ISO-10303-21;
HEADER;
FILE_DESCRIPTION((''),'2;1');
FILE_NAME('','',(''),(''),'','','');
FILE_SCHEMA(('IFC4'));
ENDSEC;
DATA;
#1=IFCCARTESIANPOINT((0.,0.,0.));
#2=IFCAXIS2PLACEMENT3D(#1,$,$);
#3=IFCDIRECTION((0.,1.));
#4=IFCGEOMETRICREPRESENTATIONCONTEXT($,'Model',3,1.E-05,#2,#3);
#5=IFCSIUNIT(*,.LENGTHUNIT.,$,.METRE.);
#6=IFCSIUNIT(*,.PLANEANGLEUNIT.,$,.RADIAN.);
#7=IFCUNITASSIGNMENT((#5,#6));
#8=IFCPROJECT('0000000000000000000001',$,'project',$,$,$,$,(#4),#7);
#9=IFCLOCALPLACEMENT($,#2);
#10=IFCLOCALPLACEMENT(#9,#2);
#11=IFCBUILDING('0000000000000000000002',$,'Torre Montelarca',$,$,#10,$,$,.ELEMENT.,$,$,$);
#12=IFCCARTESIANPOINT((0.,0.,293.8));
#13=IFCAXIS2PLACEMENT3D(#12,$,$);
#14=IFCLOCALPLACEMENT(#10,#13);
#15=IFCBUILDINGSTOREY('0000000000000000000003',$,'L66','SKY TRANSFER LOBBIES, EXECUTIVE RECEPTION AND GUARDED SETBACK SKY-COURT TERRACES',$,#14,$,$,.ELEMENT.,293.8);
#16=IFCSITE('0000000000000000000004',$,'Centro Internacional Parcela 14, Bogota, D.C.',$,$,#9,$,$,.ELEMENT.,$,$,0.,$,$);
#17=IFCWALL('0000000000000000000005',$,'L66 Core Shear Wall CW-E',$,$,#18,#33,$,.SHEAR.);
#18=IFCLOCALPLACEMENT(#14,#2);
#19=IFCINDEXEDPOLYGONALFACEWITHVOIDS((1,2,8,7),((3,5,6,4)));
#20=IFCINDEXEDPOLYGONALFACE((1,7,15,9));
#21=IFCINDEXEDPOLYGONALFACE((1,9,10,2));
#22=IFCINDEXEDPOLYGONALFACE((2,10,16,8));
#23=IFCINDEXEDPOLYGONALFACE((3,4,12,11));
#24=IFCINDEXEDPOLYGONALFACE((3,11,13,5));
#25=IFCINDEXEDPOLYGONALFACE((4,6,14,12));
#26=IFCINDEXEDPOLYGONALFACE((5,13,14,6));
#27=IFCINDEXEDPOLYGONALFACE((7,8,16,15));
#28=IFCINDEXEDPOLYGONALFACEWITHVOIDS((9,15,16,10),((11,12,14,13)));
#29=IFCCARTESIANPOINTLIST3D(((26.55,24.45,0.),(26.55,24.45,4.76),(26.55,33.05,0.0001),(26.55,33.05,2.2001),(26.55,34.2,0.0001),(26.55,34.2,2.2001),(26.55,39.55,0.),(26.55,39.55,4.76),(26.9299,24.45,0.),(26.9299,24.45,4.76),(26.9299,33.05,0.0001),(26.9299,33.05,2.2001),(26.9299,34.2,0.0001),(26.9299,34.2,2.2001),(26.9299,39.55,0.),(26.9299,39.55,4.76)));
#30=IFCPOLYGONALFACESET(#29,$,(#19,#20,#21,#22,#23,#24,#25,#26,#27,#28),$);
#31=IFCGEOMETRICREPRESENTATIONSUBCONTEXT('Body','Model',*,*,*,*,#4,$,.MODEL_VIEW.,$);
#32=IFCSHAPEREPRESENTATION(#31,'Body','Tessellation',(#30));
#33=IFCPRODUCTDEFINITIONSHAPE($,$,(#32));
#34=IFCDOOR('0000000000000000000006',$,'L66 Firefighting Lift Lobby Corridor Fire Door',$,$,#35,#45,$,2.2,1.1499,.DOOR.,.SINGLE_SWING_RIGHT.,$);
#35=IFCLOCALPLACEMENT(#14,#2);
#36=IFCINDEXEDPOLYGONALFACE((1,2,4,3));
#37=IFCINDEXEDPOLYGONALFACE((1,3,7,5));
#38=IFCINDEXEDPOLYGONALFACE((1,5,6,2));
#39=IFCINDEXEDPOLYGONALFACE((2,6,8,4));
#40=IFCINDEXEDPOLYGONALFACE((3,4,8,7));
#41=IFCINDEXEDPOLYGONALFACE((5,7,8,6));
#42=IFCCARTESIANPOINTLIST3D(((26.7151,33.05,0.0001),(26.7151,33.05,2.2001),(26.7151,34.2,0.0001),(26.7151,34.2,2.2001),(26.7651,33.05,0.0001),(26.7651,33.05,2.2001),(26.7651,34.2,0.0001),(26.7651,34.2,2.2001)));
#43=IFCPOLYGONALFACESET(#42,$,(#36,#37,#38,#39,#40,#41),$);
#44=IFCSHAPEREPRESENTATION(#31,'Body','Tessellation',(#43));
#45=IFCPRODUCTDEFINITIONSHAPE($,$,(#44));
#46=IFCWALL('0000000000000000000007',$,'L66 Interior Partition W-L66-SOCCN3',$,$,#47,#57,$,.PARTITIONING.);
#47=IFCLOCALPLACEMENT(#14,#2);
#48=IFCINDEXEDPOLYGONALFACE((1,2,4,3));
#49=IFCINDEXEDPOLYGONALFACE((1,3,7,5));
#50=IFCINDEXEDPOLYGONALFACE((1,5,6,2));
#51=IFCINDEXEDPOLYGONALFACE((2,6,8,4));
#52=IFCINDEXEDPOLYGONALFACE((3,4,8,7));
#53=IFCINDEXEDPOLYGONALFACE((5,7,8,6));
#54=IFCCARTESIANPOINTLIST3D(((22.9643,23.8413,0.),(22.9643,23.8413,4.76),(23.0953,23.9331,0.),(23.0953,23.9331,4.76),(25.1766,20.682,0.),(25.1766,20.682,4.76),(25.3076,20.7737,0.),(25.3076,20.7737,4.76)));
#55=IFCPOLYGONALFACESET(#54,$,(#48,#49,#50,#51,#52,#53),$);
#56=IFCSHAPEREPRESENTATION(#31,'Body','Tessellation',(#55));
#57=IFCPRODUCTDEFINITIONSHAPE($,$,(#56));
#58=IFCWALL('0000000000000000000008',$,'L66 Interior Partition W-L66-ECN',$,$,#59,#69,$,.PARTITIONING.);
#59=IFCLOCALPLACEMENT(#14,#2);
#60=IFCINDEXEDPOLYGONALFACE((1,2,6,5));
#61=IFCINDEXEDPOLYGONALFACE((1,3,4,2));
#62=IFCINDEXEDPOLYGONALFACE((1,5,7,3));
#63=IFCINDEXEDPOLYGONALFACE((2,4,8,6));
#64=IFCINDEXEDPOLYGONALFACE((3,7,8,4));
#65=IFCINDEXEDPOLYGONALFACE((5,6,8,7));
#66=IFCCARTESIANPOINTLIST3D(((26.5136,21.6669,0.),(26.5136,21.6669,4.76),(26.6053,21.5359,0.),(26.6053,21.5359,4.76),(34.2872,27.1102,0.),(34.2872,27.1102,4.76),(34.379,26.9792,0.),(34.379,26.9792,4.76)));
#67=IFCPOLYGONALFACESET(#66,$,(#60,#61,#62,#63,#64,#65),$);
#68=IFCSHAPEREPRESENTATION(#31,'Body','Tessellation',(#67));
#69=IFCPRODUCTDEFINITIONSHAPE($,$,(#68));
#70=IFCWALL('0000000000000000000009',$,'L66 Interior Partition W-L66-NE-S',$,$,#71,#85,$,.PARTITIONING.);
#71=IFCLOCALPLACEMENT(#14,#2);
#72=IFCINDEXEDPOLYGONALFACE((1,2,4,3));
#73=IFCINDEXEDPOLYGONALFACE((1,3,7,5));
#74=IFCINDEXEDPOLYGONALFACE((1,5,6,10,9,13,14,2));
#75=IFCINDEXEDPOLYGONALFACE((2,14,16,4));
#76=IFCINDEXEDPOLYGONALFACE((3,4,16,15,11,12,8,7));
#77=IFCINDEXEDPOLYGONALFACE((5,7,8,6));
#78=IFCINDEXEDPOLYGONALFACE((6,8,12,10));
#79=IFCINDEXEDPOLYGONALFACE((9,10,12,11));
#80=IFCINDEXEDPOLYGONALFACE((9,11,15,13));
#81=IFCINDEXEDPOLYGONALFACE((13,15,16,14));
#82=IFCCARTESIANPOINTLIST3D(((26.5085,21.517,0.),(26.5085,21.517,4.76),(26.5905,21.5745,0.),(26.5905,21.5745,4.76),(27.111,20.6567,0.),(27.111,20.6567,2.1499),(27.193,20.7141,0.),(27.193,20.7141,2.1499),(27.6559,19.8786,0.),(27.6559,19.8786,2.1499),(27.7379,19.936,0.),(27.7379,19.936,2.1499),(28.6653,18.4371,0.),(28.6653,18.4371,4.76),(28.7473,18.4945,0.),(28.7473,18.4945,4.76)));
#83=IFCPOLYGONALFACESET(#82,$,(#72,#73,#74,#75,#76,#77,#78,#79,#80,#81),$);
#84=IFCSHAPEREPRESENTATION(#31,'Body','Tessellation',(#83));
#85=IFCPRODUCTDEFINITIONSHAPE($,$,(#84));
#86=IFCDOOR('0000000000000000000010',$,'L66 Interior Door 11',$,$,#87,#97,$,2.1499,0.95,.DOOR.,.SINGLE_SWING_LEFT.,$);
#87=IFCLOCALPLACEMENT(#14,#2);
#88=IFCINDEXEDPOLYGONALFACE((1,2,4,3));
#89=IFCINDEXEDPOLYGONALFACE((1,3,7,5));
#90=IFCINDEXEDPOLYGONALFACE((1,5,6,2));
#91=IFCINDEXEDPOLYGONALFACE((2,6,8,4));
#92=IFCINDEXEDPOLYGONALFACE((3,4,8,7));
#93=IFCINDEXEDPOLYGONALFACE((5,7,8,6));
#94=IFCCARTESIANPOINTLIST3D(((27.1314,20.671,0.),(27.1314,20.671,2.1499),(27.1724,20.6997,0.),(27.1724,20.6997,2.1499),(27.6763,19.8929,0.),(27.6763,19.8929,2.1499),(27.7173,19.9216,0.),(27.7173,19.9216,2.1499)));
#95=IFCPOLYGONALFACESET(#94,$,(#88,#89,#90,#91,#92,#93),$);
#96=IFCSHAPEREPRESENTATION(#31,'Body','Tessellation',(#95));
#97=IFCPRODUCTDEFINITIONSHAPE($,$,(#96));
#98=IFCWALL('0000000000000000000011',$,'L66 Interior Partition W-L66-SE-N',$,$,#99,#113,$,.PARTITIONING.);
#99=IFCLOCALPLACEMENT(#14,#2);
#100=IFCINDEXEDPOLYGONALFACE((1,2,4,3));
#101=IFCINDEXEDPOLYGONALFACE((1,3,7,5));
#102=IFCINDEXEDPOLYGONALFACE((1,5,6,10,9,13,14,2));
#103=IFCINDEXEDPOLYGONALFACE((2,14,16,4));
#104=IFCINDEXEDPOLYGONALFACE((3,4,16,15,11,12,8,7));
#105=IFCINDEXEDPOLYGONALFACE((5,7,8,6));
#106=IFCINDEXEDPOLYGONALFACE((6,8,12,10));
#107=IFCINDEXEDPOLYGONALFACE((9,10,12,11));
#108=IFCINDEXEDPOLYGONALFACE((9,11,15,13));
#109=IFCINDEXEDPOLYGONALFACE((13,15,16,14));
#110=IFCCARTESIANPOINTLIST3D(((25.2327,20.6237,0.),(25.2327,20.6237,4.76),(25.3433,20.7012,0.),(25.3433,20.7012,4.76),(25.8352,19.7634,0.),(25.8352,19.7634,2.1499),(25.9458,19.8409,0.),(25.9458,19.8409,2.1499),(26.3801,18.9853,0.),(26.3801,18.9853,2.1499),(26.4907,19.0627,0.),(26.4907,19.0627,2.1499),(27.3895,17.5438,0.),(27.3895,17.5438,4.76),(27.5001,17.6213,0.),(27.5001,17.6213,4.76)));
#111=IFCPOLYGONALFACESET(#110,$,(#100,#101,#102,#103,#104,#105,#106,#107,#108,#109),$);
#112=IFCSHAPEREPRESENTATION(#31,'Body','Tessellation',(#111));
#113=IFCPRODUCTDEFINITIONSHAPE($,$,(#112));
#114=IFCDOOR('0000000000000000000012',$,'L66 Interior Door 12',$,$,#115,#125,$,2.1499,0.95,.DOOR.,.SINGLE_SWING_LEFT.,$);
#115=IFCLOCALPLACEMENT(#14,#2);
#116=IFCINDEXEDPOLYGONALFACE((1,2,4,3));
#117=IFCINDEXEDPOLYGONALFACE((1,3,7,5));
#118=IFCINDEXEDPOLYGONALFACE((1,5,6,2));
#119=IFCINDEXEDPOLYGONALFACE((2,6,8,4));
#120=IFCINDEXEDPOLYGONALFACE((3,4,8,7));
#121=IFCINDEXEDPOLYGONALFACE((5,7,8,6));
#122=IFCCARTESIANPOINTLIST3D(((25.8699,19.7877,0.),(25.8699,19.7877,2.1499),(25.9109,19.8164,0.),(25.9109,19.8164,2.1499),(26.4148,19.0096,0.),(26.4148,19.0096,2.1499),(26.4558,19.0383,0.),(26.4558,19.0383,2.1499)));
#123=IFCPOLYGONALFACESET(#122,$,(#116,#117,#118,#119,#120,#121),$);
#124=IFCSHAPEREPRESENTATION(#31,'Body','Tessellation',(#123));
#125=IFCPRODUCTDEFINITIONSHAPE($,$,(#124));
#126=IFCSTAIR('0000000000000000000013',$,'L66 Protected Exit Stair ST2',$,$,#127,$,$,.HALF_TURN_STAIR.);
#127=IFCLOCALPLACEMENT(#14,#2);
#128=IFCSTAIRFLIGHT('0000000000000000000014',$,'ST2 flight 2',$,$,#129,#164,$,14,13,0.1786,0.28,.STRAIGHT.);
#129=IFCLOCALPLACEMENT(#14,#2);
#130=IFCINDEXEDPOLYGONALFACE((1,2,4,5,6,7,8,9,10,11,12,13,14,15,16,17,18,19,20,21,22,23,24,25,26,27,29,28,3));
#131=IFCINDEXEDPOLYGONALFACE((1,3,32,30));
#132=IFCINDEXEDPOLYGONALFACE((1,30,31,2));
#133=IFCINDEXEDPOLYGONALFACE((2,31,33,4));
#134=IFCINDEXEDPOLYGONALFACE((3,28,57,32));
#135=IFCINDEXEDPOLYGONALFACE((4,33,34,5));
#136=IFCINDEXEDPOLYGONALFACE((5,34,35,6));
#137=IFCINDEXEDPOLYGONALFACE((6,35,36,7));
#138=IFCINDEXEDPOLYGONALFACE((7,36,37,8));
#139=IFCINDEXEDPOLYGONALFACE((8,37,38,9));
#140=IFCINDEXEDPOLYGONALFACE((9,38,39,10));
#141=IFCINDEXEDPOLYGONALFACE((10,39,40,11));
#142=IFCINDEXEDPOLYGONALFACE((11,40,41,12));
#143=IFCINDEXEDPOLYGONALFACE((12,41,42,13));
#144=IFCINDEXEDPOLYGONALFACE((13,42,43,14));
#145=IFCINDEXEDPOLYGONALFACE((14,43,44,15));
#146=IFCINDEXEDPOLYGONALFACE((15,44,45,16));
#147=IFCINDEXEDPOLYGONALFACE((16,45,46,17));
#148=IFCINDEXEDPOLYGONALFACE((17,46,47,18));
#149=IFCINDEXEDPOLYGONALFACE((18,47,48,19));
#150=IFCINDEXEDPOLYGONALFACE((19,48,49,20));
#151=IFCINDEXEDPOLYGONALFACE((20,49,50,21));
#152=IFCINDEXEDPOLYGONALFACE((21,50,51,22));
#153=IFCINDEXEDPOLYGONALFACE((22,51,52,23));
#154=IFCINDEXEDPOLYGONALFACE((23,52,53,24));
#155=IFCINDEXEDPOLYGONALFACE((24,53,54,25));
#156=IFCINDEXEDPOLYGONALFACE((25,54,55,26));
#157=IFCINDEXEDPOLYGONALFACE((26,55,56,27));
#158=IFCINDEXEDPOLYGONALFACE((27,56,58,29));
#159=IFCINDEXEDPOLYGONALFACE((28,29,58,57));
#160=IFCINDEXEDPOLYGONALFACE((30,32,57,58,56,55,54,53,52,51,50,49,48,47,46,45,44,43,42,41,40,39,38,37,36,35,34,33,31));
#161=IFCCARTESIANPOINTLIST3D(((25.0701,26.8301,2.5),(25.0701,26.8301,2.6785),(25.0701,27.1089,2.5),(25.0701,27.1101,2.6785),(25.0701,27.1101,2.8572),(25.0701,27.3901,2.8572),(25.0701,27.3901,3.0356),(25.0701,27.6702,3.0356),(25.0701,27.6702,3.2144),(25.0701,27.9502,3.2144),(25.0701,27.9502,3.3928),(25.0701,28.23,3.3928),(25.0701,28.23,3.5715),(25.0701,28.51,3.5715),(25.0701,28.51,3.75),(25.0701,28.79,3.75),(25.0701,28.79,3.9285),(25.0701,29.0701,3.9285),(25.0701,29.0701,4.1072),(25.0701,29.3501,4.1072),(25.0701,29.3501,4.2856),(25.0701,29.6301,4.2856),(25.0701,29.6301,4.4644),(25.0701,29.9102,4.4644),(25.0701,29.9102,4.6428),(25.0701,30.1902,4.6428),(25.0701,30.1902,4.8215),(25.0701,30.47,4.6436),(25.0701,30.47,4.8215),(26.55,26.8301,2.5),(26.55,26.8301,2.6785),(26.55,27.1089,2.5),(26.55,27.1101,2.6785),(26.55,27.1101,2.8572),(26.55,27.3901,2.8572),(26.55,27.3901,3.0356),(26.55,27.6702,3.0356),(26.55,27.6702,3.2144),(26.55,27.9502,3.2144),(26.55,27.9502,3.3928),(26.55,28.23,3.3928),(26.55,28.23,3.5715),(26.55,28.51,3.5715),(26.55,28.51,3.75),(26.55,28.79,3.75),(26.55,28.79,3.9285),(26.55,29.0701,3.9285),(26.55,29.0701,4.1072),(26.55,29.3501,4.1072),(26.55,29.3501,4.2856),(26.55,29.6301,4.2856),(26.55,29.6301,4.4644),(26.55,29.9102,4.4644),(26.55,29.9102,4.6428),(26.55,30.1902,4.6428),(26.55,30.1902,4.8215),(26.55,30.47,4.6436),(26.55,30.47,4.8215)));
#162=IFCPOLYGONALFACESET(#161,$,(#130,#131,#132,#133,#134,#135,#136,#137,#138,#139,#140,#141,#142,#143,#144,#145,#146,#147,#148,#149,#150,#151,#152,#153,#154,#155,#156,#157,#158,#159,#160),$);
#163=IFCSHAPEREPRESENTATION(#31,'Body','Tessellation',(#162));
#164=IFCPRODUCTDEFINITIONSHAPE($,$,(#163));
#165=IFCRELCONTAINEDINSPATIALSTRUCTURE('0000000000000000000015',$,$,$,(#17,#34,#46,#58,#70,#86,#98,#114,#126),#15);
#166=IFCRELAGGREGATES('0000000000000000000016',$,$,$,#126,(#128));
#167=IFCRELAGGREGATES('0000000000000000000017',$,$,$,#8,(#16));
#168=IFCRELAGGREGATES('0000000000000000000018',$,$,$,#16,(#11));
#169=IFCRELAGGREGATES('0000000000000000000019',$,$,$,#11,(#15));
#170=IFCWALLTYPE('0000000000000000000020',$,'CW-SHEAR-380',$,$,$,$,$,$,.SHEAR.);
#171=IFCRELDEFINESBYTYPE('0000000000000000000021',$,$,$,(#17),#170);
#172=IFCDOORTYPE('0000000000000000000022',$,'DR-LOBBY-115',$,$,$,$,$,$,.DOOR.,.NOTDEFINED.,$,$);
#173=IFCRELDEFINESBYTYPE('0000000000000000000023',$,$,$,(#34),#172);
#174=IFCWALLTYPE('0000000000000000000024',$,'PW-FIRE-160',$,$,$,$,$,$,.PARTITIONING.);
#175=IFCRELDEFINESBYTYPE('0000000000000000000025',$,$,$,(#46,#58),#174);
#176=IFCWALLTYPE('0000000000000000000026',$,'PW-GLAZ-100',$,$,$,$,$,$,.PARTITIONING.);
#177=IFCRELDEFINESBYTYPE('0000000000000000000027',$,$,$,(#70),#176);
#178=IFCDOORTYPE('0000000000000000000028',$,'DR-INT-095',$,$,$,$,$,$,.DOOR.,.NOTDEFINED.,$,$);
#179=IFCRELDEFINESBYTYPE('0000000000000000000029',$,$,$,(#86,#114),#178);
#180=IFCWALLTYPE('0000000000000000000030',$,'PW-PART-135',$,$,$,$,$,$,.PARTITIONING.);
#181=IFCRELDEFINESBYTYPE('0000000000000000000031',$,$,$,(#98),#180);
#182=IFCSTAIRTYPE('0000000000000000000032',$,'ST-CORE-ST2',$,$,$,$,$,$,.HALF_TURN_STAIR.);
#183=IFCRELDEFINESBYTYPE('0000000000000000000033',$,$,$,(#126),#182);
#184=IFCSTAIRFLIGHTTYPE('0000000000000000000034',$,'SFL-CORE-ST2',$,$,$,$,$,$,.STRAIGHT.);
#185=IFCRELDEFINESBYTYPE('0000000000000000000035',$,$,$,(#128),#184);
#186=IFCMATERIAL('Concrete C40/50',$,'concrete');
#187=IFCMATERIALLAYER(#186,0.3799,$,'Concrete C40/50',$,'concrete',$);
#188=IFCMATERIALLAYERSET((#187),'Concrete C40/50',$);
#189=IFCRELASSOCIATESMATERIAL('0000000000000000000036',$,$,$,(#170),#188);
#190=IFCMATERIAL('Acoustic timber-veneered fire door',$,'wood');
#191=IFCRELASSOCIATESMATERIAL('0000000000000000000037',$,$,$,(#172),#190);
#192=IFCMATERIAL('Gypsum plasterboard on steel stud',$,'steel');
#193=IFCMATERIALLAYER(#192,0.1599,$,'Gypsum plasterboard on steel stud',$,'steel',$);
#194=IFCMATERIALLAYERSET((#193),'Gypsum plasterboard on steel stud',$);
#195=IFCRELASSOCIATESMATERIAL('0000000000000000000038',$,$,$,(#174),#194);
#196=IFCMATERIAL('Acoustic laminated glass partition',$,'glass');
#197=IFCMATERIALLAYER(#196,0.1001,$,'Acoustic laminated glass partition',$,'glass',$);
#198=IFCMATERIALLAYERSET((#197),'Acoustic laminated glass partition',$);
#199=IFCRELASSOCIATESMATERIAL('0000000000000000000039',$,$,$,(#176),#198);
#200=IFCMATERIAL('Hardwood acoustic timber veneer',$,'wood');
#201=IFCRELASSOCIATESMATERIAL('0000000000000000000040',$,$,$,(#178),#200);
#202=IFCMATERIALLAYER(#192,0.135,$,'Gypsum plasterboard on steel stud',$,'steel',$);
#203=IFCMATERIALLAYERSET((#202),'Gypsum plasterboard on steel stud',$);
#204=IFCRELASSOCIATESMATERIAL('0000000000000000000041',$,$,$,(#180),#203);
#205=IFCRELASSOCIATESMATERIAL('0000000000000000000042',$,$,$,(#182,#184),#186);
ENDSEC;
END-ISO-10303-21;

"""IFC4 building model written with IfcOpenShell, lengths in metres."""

from ifc_helpers import new_model, si_unit, direction, frame, frame_2d, origin, place, context, subcontext, project, spatial, polyline, rectangle, outline, extrude, source, transform, mapped, material, layer, layer_set, type_object, element, fill, aggregate, save


model = new_model("IFC4")

# Units and contexts
model_context = context("Model", 3, precision=1e-05, world=origin(), true_north=direction((0.0, 1.0)))
body_context = subcontext(model_context, "Body", "Model", "MODEL_VIEW")
ifc_project = project(units=[si_unit("LENGTHUNIT", "METRE"), si_unit("PLANEANGLEUNIT", "RADIAN")], contexts=[model_context])

# Site, building, storey
site_placement = place(None, origin())
site = spatial("IfcSite", under=ifc_project, at=site_placement, Name="Centro Internacional Parcela 14, Bogota, D.C.", CompositionType="ELEMENT", RefElevation=0.0)
building_placement = place(site_placement, origin())
building = spatial("IfcBuilding", under=site, at=building_placement, Name="Torre Montelarca", CompositionType="ELEMENT")
storey_placement = place(building_placement, frame((0.0, 0.0, 293.8)))
storey = spatial("IfcBuildingStorey", under=building, at=storey_placement, Name="L66", Description="SKY TRANSFER LOBBIES, EXECUTIVE RECEPTION AND GUARDED SETBACK SKY-COURT TERRACES", CompositionType="ELEMENT", Elevation=293.8)

# Shared definitions
ifc_material_1 = material(Name="Concrete C40/50", Category="concrete")

# Wall, opening, door
ifc_layer_1 = layer(ifc_material_1, 0.3799, Name="Concrete C40/50", Category="concrete")
ifc_layer_set_1 = layer_set([ifc_layer_1], Name="Concrete C40/50")
wall_type_1 = type_object("IfcWallType", Name="CW-SHEAR-380", PredefinedType="SHEAR", material=ifc_layer_set_1)
wall_1_placement = place(storey_placement, frame((26.74, 24.45, 0.0), z_axis=(0.0, 0.0, 1.0), x_axis=(0.0, 1.0, 0.0)))
wall_1 = element("IfcWall", 1, at=wall_1_placement, inside=storey, type_object=wall_type_1, Name="L66 Core Shear Wall CW-E", PredefinedType="SHEAR", context=body_context, shape_type="SweptSolid", body=[
    extrude(rectangle(XDim=15.1001, YDim=0.3799, at=frame_2d((7.55, 0.0))), origin(), (0.0, 0.0, 1.0), 4.76),
])
opening_1_placement = place(wall_1_placement, frame((8.6001, 0.0, 0.0)))
opening_1 = element("IfcOpeningElement", 2, at=opening_1_placement, cuts=wall_1, PredefinedType="OPENING", context=body_context, shape_type="SweptSolid", body=[
    extrude(rectangle(XDim=1.1499, YDim=2.2, at=frame_2d((0.575, 1.1001))), frame((0.0, 0.2, 0.0), z_axis=(0.0, -1.0, 0.0), x_axis=(1.0, 0.0, 0.0)), (0.0, 0.0, 1.0), 0.3999),
])
ifc_material_2 = material(Name="Acoustic timber-veneered fire door", Category="wood")
door_type_1 = type_object("IfcDoorType", Name="DR-LOBBY-115", OperationType="NOTDEFINED", PredefinedType="DOOR", material=ifc_material_2)
shared_shape_1 = source(origin(), body_context, "Body", "SweptSolid", [
    extrude(rectangle(XDim=1.1499, YDim=2.2, at=frame_2d((0.575, 1.1001))), frame((0.0, 0.0249, 0.0), z_axis=(0.0, -1.0, 0.0), x_axis=(1.0, 0.0, 0.0)), (0.0, 0.0, 1.0), 0.05),
])
door_1_placement = place(opening_1_placement, origin())
door_1 = element("IfcDoor", 3, at=door_1_placement, inside=storey, type_object=door_type_1, Name="L66 Firefighting Lift Lobby Corridor Fire Door", OperationType="SINGLE_SWING_RIGHT", OverallHeight=2.2, OverallWidth=1.1499, PredefinedType="DOOR", context=body_context, shape_type="MappedRepresentation", body=[
    mapped(shared_shape_1, transform((0.0, 0.0, 0.0), scale=1.0)),
])
fill(opening_1, door_1)

# Walls
ifc_material_3 = material(Name="Gypsum plasterboard on steel stud", Category="steel")
ifc_layer_2 = layer(ifc_material_3, 0.1599, Name="Gypsum plasterboard on steel stud", Category="steel")
ifc_layer_set_2 = layer_set([ifc_layer_2], Name="Gypsum plasterboard on steel stud")
wall_type_2 = type_object("IfcWallType", Name="PW-FIRE-160", PredefinedType="PARTITIONING", material=ifc_layer_set_2)
wall_2_placement = place(storey_placement, frame((23.0298, 23.8872, 0.0), z_axis=(0.0, 0.0, 1.0), x_axis=(0.573603, -0.819134, 0.0)))
element("IfcWall", 4, at=wall_2_placement, inside=storey, type_object=wall_type_2, Name="L66 Interior Partition W-L66-SOCCN3", PredefinedType="PARTITIONING", context=body_context, shape_type="SweptSolid", body=[
    extrude(rectangle(XDim=3.8569, YDim=0.1599, at=frame_2d((1.9285, 0.0))), origin(), (0.0, 0.0, 1.0), 4.76),
])
wall_3_placement = place(storey_placement, frame((26.5593, 21.6013, 0.0), z_axis=(0.0, 0.0, 1.0), x_axis=(0.819144, 0.573588, 0.0)))
element("IfcWall", 5, at=wall_3_placement, inside=storey, type_object=wall_type_2, Name="L66 Interior Partition W-L66-ECN", PredefinedType="PARTITIONING", context=body_context, shape_type="SweptSolid", body=[
    extrude(rectangle(XDim=9.49, YDim=0.1599, at=frame_2d((4.7451, 0.0))), origin(), (0.0, 0.0, 1.0), 4.76),
])

# Walls, openings, doors
ifc_material_4 = material(Name="Acoustic laminated glass partition", Category="glass")
ifc_layer_3 = layer(ifc_material_4, 0.1001, Name="Acoustic laminated glass partition", Category="glass")
ifc_layer_set_3 = layer_set([ifc_layer_3], Name="Acoustic laminated glass partition")
wall_type_3 = type_object("IfcWallType", Name="PW-GLAZ-100", PredefinedType="PARTITIONING", material=ifc_layer_set_3)
wall_4_placement = place(storey_placement, frame((26.5496, 21.5457, 0.0), z_axis=(0.0, 0.0, 1.0), x_axis=(0.573615, -0.819125, 0.0)))
wall_4 = element("IfcWall", 6, at=wall_4_placement, inside=storey, type_object=wall_type_3, Name="L66 Interior Partition W-L66-NE-S", PredefinedType="PARTITIONING", context=body_context, shape_type="SweptSolid", body=[
    extrude(rectangle(XDim=3.76, YDim=0.1001, at=frame_2d((1.8799, 0.0))), origin(), (0.0, 0.0, 1.0), 4.76),
])
opening_2_placement = place(wall_4_placement, frame((1.05, 0.0, 0.0)))
opening_2 = element("IfcOpeningElement", 7, at=opening_2_placement, cuts=wall_4, PredefinedType="OPENING", context=body_context, shape_type="SweptSolid", body=[
    extrude(rectangle(XDim=0.95, YDim=2.1499, at=frame_2d((0.4751, 1.075))), frame((0.0, 0.0601, 0.0), z_axis=(0.0, -1.0, 0.0), x_axis=(1.0, 0.0, 0.0)), (0.0, 0.0, 1.0), 0.1201),
])
ifc_material_5 = material(Name="Hardwood acoustic timber veneer", Category="wood")
door_type_2 = type_object("IfcDoorType", Name="DR-INT-095", OperationType="NOTDEFINED", PredefinedType="DOOR", material=ifc_material_5)
shared_shape_2 = source(origin(), body_context, "Body", "SweptSolid", [
    extrude(rectangle(XDim=0.95, YDim=2.1499, at=frame_2d((0.4751, 1.075))), frame((0.0, 0.0249, 0.0), z_axis=(0.0, -1.0, 0.0), x_axis=(1.0, 0.0, 0.0)), (0.0, 0.0, 1.0), 0.05),
])
door_2_placement = place(opening_2_placement, origin())
door_2 = element("IfcDoor", 8, at=door_2_placement, inside=storey, type_object=door_type_2, Name="L66 Interior Door 11", OperationType="SINGLE_SWING_LEFT", OverallHeight=2.1499, OverallWidth=0.95, PredefinedType="DOOR", context=body_context, shape_type="MappedRepresentation", body=[
    mapped(shared_shape_2, transform((0.0, 0.0, 0.0), scale=1.0)),
])
fill(opening_2, door_2)
ifc_layer_4 = layer(ifc_material_3, 0.135, Name="Gypsum plasterboard on steel stud", Category="steel")
ifc_layer_set_4 = layer_set([ifc_layer_4], Name="Gypsum plasterboard on steel stud")
wall_type_4 = type_object("IfcWallType", Name="PW-PART-135", PredefinedType="PARTITIONING", material=ifc_layer_set_4)
wall_5_placement = place(storey_placement, frame((25.2881, 20.6624, 0.0), z_axis=(0.0, 0.0, 1.0), x_axis=(0.573615, -0.819125, 0.0)))
wall_5 = element("IfcWall", 9, at=wall_5_placement, inside=storey, type_object=wall_type_4, Name="L66 Interior Partition W-L66-SE-N", PredefinedType="PARTITIONING", context=body_context, shape_type="SweptSolid", body=[
    extrude(rectangle(XDim=3.76, YDim=0.135, at=frame_2d((1.8799, 0.0))), origin(), (0.0, 0.0, 1.0), 4.76),
])
opening_3_placement = place(wall_5_placement, frame((1.05, 0.0, 0.0)))
opening_3 = element("IfcOpeningElement", 10, at=opening_3_placement, cuts=wall_5, PredefinedType="OPENING", context=body_context, shape_type="SweptSolid", body=[
    extrude(rectangle(XDim=0.95, YDim=2.1499, at=frame_2d((0.4751, 1.075))), frame((0.0, 0.0776, 0.0), z_axis=(0.0, -1.0, 0.0), x_axis=(1.0, 0.0, 0.0)), (0.0, 0.0, 1.0), 0.155),
])
door_3_placement = place(opening_3_placement, origin())
door_3 = element("IfcDoor", 11, at=door_3_placement, inside=storey, type_object=door_type_2, Name="L66 Interior Door 12", OperationType="SINGLE_SWING_LEFT", OverallHeight=2.1499, OverallWidth=0.95, PredefinedType="DOOR", context=body_context, shape_type="MappedRepresentation", body=[
    mapped(shared_shape_2, transform((0.0, 0.0, 0.0), scale=1.0)),
])
fill(opening_3, door_3)

# Stair, stair flight
stair_type = type_object("IfcStairType", Name="ST-CORE-ST2", PredefinedType="HALF_TURN_STAIR", material=ifc_material_1)
stair_placement = place(storey_placement, origin())
stair = element("IfcStair", 12, at=stair_placement, inside=storey, type_object=stair_type, Name="L66 Protected Exit Stair ST2", PredefinedType="HALF_TURN_STAIR")
stair_flight_type = type_object("IfcStairFlightType", Name="SFL-CORE-ST2", PredefinedType="STRAIGHT", material=ifc_material_1)
stair_flight_placement = place(storey_placement, frame((25.8101, 26.8301, 2.5), z_axis=(0.0, 0.0, 1.0), x_axis=(0.0, 1.0, 0.0)))
stair_flight = element("IfcStairFlight", 13, at=stair_flight_placement, type_object=stair_flight_type, Name="ST2 flight 2", NumberOfRisers=14, NumberOfTreads=13, PredefinedType="STRAIGHT", RiserHeight=0.1786, TreadLength=0.28, context=body_context, shape_type="SweptSolid", body=[
    extrude(outline(polyline([(0.0, 0.0), (0.0, 0.1785), (0.28, 0.1785), (0.28, 0.3572), (0.5601, 0.3572), (0.5601, 0.5356), (0.8401, 0.5356), (0.8401, 0.7144), (1.1201, 0.7144), (1.1201, 0.8928), (1.3999, 0.8928), (1.3999, 1.0715), (1.6799, 1.0715), (1.6799, 1.25), (1.96, 1.25), (1.96, 1.4285), (2.24, 1.4285), (2.24, 1.6072), (2.52, 1.6072), (2.52, 1.7856), (2.8, 1.7856), (2.8, 1.9644), (3.0801, 1.9644), (3.0801, 2.1428), (3.3601, 2.1428), (3.3601, 2.3215), (3.6399, 2.3215), (3.6399, 2.5), (3.6399, 2.1436), (0.2788, 0.0), (0.0, 0.0)])), frame((0.0, 0.74, 0.0), z_axis=(0.0, -1.0, 0.0), x_axis=(1.0, 0.0, 0.0)), (0.0, 0.0, 1.0), 1.48),
])
aggregate(stair, [stair_flight])

save(model, "model.ifc")
